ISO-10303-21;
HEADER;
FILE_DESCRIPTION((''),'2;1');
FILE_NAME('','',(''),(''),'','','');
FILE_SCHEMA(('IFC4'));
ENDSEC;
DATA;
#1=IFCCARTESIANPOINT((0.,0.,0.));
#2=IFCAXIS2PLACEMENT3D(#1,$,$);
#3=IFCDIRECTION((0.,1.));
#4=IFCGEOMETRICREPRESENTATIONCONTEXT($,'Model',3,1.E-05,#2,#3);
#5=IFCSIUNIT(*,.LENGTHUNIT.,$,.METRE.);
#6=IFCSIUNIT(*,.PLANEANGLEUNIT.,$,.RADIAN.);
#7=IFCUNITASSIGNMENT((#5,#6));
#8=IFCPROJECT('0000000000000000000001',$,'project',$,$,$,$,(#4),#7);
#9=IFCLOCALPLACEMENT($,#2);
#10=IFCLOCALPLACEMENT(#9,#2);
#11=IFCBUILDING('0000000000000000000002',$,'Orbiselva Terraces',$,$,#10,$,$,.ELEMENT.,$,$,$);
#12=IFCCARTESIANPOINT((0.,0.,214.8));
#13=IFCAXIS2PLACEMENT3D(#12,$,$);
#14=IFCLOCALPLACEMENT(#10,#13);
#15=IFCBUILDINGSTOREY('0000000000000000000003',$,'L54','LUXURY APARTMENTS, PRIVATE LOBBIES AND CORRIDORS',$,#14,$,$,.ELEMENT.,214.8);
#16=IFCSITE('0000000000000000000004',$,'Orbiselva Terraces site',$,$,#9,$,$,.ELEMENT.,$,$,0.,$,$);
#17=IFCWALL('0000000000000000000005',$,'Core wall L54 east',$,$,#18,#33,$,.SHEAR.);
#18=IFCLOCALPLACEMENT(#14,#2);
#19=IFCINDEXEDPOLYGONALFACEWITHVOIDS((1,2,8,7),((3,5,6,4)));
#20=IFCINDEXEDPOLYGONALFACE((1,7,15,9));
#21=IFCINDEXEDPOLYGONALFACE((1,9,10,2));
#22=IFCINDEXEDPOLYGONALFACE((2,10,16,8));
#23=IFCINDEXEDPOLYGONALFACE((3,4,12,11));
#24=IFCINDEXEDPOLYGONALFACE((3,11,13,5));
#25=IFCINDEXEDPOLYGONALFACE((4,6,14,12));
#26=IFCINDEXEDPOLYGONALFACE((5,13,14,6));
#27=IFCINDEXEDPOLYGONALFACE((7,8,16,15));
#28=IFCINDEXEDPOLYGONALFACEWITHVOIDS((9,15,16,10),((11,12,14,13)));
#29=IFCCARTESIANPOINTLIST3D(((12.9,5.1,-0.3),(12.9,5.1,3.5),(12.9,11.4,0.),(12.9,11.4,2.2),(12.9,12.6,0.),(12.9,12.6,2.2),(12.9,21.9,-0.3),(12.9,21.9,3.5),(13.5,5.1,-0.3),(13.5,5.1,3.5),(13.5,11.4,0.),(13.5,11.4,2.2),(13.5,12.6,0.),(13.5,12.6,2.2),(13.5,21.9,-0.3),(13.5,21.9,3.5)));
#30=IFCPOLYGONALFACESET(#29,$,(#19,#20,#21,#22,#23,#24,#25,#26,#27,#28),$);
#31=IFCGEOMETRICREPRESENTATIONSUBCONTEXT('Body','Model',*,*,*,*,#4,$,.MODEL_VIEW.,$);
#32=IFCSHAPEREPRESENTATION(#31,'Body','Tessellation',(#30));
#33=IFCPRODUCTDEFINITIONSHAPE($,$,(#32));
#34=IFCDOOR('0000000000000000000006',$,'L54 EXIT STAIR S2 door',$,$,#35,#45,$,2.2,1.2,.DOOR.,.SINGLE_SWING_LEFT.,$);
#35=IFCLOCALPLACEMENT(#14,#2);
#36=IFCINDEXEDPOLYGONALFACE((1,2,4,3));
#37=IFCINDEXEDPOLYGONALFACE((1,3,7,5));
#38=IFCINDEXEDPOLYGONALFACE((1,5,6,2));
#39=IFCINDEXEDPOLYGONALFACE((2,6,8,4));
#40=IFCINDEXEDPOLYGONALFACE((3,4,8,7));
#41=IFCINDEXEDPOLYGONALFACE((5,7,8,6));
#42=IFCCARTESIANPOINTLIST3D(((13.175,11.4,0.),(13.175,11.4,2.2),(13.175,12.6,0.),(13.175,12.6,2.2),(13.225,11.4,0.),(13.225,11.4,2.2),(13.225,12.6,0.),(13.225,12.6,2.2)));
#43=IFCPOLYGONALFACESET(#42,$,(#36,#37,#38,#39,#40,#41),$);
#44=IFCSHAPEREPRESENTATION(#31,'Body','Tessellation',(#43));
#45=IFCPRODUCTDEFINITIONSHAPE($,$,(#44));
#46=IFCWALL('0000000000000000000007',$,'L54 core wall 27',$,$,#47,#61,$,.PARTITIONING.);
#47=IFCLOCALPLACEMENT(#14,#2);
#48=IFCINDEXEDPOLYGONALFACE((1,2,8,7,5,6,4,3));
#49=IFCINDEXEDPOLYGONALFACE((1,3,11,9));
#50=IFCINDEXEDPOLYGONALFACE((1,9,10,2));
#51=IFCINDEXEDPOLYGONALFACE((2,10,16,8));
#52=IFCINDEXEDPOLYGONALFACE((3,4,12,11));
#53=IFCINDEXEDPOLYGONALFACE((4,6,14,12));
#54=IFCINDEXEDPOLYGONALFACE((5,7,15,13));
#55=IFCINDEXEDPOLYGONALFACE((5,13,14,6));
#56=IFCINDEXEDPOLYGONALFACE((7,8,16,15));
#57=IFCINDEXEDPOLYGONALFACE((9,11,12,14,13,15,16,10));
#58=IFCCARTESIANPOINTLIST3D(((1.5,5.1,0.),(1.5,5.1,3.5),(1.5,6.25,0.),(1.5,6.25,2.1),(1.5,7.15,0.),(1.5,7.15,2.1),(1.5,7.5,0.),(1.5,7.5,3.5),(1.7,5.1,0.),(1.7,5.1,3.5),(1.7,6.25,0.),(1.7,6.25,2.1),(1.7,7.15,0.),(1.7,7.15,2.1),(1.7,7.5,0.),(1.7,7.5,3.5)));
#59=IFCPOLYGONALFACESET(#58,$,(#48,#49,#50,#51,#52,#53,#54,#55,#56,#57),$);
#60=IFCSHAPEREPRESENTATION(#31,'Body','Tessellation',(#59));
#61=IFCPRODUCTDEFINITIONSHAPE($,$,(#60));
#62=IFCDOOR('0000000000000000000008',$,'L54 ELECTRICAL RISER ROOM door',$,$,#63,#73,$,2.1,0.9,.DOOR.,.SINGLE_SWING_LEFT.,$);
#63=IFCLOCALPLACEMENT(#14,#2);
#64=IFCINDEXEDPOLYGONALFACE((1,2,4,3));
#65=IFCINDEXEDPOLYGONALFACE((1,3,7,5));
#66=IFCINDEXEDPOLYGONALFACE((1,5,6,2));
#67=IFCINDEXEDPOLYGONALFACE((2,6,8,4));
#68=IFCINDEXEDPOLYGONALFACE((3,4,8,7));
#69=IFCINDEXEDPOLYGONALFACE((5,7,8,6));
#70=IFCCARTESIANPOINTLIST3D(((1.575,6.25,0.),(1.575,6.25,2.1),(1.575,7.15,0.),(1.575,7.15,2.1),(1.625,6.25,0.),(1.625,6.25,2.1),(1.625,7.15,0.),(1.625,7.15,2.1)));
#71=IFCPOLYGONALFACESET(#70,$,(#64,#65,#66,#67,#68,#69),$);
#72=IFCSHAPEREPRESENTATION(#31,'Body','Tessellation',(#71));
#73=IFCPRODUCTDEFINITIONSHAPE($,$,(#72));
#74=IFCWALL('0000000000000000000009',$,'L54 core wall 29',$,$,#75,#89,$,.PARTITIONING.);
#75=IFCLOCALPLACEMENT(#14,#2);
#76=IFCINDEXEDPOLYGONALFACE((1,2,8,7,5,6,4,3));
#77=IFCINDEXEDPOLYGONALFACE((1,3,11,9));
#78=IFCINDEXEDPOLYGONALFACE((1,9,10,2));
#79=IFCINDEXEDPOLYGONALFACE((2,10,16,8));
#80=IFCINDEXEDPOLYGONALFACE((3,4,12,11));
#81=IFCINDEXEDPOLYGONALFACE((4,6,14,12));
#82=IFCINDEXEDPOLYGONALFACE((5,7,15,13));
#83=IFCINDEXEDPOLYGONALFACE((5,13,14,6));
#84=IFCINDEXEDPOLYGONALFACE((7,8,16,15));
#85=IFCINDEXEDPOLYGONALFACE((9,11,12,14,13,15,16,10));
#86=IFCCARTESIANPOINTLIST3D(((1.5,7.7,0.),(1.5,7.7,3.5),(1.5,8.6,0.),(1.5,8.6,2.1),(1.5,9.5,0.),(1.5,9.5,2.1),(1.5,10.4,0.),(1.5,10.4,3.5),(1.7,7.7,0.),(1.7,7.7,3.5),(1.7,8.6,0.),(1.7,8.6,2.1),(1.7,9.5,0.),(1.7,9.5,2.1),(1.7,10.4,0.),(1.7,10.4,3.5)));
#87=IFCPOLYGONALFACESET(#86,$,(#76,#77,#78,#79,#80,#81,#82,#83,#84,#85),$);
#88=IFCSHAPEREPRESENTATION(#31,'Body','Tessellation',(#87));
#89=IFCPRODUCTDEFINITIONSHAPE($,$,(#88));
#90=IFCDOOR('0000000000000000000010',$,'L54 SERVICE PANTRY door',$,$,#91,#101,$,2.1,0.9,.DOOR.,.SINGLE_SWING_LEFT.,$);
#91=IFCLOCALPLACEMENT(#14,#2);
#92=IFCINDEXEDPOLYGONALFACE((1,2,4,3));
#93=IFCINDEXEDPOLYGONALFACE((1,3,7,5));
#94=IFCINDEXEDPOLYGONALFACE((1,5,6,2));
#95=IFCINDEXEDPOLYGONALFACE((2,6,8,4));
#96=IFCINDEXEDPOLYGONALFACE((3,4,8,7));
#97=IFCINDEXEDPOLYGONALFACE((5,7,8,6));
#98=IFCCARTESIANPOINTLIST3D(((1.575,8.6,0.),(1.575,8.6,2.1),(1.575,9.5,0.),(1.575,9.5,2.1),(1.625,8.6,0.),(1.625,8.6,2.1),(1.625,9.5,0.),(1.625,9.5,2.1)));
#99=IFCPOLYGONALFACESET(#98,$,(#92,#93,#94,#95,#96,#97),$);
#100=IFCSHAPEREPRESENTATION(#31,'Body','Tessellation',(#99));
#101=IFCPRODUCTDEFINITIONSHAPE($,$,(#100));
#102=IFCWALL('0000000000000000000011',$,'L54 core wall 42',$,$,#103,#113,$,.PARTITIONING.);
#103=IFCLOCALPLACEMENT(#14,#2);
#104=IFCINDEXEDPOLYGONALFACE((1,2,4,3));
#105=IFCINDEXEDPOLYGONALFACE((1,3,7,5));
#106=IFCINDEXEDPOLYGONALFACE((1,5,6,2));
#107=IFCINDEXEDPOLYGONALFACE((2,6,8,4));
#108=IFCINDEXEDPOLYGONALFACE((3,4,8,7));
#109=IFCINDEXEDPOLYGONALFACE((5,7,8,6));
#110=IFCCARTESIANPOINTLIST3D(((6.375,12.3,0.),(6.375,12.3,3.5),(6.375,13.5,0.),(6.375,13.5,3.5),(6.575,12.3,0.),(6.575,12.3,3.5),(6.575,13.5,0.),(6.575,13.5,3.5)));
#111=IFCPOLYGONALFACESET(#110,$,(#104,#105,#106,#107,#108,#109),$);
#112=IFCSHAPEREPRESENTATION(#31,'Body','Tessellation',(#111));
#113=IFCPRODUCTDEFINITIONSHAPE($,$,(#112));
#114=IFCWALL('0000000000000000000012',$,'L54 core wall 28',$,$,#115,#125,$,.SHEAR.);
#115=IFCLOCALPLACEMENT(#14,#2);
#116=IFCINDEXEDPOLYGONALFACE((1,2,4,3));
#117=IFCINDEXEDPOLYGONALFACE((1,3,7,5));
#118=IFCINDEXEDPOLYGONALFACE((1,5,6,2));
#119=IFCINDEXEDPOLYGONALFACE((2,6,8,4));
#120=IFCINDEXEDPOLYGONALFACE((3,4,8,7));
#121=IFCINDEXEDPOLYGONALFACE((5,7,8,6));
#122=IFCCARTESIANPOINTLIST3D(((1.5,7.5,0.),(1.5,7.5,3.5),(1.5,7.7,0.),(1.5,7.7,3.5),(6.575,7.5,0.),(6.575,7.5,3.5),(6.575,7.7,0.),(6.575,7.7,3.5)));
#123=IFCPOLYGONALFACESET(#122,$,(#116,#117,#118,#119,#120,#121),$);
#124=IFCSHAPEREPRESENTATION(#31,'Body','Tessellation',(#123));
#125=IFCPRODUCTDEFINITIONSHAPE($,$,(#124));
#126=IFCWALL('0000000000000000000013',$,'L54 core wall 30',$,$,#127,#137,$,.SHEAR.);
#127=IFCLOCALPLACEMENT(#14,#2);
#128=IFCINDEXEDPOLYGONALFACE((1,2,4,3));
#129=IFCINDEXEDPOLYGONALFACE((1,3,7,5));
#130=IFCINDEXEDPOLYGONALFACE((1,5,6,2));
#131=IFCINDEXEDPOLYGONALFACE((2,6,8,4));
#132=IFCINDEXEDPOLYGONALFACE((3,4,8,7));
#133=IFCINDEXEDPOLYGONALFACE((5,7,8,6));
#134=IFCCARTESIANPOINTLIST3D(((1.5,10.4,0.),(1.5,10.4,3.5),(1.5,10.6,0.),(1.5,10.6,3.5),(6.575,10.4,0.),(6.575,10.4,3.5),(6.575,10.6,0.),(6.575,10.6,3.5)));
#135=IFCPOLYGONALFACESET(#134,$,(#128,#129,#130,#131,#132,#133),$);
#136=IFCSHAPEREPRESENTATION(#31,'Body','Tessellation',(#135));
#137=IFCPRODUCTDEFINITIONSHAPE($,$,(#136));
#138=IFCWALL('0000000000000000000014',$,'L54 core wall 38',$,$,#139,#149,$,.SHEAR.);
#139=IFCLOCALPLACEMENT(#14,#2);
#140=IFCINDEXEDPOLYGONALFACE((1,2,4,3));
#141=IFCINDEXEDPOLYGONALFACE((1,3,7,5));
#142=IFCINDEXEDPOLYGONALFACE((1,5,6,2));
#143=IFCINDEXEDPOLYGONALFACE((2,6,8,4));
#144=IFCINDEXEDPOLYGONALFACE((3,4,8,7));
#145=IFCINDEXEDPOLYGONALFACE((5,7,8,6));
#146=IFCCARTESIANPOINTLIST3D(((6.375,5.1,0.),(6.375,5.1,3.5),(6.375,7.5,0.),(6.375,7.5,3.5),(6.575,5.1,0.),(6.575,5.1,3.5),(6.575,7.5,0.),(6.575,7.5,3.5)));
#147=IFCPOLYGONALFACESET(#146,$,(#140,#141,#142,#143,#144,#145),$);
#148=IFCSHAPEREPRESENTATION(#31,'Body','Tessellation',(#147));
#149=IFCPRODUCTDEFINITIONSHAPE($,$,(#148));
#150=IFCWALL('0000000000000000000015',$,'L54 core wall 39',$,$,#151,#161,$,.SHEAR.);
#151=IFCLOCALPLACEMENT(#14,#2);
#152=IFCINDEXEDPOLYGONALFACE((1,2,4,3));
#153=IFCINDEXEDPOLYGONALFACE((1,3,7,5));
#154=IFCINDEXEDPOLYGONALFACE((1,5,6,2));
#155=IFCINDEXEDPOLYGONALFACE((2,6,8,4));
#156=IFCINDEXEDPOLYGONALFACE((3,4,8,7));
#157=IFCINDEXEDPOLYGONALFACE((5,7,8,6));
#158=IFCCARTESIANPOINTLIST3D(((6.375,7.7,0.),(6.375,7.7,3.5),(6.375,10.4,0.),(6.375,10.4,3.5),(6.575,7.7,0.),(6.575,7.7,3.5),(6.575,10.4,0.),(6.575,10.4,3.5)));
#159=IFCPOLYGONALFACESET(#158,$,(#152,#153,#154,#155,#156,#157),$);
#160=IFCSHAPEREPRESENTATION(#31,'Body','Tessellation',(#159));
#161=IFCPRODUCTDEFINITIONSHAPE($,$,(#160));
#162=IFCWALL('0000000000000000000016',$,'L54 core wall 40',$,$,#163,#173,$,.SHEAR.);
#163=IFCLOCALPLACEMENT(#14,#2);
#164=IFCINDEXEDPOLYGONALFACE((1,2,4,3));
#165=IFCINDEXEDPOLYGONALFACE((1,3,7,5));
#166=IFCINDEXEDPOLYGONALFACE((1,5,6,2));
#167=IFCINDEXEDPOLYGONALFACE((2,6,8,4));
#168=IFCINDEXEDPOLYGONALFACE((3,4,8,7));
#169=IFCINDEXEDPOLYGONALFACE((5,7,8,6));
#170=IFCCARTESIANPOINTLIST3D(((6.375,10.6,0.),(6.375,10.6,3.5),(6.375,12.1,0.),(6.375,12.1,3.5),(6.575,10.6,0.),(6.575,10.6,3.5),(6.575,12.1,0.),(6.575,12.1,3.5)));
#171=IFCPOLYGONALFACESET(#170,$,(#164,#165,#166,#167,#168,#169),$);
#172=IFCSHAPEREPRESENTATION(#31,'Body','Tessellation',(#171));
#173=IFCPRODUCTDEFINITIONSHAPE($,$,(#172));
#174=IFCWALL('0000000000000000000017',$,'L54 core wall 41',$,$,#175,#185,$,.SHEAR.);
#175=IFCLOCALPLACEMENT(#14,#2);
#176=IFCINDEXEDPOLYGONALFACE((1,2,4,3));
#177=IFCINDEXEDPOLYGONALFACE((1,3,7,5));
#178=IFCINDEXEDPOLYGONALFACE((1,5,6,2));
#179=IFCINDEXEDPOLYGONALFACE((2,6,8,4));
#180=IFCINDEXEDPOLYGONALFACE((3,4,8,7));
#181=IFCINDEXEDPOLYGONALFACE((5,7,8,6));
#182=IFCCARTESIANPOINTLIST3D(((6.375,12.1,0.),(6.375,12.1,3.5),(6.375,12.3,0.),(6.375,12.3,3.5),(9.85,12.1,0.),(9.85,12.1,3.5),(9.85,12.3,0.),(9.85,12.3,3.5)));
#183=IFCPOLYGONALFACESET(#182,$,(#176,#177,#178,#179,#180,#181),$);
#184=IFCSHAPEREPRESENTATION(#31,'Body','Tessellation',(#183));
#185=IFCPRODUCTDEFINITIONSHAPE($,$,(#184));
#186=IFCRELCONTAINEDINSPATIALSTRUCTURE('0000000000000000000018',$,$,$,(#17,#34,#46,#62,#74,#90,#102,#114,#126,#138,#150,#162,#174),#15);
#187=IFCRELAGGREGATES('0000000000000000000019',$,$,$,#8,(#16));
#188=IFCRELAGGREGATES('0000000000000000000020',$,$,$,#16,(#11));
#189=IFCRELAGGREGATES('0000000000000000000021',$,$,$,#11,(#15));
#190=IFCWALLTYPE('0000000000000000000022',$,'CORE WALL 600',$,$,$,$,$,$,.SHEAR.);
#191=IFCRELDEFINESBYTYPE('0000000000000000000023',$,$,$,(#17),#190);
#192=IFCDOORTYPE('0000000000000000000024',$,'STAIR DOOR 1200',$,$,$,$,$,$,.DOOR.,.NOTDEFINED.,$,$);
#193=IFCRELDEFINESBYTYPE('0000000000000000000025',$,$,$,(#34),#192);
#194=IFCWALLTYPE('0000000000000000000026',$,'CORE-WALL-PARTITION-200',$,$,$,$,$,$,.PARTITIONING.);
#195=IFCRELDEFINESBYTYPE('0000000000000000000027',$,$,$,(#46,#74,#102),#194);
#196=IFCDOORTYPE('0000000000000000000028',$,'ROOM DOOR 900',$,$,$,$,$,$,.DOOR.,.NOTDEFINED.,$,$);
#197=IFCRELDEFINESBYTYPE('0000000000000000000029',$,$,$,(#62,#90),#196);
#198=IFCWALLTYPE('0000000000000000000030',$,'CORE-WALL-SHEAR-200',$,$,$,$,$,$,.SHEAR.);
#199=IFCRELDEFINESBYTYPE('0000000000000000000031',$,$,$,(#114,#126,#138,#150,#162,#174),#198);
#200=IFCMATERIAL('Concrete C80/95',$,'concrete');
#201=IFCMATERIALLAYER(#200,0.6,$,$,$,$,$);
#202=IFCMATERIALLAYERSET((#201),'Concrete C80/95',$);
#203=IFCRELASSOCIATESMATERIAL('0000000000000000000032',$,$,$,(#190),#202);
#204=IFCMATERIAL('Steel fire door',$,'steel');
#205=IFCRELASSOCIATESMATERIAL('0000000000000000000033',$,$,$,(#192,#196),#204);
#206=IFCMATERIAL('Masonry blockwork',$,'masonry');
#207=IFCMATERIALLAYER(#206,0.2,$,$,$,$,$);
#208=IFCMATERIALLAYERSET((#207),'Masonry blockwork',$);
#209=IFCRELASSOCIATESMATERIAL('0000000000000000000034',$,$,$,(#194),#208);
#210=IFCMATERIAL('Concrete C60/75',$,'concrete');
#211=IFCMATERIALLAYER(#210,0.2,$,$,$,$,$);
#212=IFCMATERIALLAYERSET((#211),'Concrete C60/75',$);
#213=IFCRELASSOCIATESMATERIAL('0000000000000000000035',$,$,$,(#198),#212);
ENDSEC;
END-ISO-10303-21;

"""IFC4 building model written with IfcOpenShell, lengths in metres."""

from ifc_helpers import new_model, si_unit, direction, frame, frame_2d, origin, place, context, subcontext, project, spatial, rectangle, extrude, material, layer, layer_set, type_object, element, fill, save


model = new_model("IFC4")

# Units and contexts
model_context = context("Model", 3, precision=1e-05, world=origin(), true_north=direction((0.0, 1.0)))
body_context = subcontext(model_context, "Body", "Model", "MODEL_VIEW")
ifc_project = project(units=[si_unit("LENGTHUNIT", "METRE"), si_unit("PLANEANGLEUNIT", "RADIAN")], contexts=[model_context])

# Site, building, storey
site_placement = place(None, origin())
site = spatial("IfcSite", under=ifc_project, at=site_placement, Name="Orbiselva Terraces site", CompositionType="ELEMENT", RefElevation=0.0)
building_placement = place(site_placement, origin())
building = spatial("IfcBuilding", under=site, at=building_placement, Name="Orbiselva Terraces", CompositionType="ELEMENT")
storey_placement = place(building_placement, frame((0.0, 0.0, 214.8)))
storey = spatial("IfcBuildingStorey", under=building, at=storey_placement, Name="L54", Description="LUXURY APARTMENTS, PRIVATE LOBBIES AND CORRIDORS", CompositionType="ELEMENT", Elevation=214.8)

# Walls, openings, doors
ifc_material_1 = material(Name="Concrete C80/95", Category="concrete")
ifc_layer_1 = layer(ifc_material_1, 0.6)
ifc_layer_set_1 = layer_set([ifc_layer_1], Name="Concrete C80/95")
wall_type_1 = type_object("IfcWallType", Name="CORE WALL 600", PredefinedType="SHEAR", material=ifc_layer_set_1)
wall_1_placement = place(storey_placement, frame((13.2, 5.1, -0.3), z_axis=(0.0, 0.0, 1.0), x_axis=(0.0, 1.0, 0.0)))
wall_1 = element("IfcWall", 1, at=wall_1_placement, inside=storey, type_object=wall_type_1, Name="Core wall L54 east", PredefinedType="SHEAR", context=body_context, shape_type="SweptSolid", body=[
    extrude(rectangle(XDim=16.8, YDim=0.6, at=frame_2d((8.4, 0.0))), origin(), (0.0, 0.0, 1.0), 3.8),
])
opening_1_placement = place(wall_1_placement, frame((6.3, 0.0, 0.3)))
opening_1 = element("IfcOpeningElement", 2, at=opening_1_placement, cuts=wall_1, PredefinedType="OPENING", context=body_context, shape_type="SweptSolid", body=[
    extrude(rectangle(XDim=1.2, YDim=2.2, at=frame_2d((0.6, 1.1))), frame((0.0, 0.31, 0.0), z_axis=(0.0, -1.0, 0.0), x_axis=(1.0, 0.0, 0.0)), (0.0, 0.0, 1.0), 0.62),
])
ifc_material_2 = material(Name="Steel fire door", Category="steel")
door_type_1 = type_object("IfcDoorType", Name="STAIR DOOR 1200", OperationType="NOTDEFINED", PredefinedType="DOOR", material=ifc_material_2)
door_1_placement = place(opening_1_placement, frame((1.2, 0.0, 0.0), z_axis=(0.0, 0.0, 1.0), x_axis=(-1.0, 0.0, 0.0)))
door_1 = element("IfcDoor", 3, at=door_1_placement, inside=storey, type_object=door_type_1, Name="L54 EXIT STAIR S2 door", OperationType="SINGLE_SWING_LEFT", OverallHeight=2.2, OverallWidth=1.2, PredefinedType="DOOR", context=body_context, shape_type="SweptSolid", body=[
    extrude(rectangle(XDim=1.2, YDim=2.2, at=frame_2d((0.6, 1.1))), frame((0.0, 0.025, 0.0), z_axis=(0.0, -1.0, 0.0), x_axis=(1.0, 0.0, 0.0)), (0.0, 0.0, 1.0), 0.05),
])
fill(opening_1, door_1)
ifc_material_3 = material(Name="Masonry blockwork", Category="masonry")
ifc_layer_2 = layer(ifc_material_3, 0.2)
ifc_layer_set_2 = layer_set([ifc_layer_2], Name="Masonry blockwork")
wall_type_2 = type_object("IfcWallType", Name="CORE-WALL-PARTITION-200", PredefinedType="PARTITIONING", material=ifc_layer_set_2)
wall_2_placement = place(storey_placement, frame((1.6, 7.5, 0.0), z_axis=(0.0, 0.0, 1.0), x_axis=(0.0, -1.0, 0.0)))
wall_2 = element("IfcWall", 4, at=wall_2_placement, inside=storey, type_object=wall_type_2, Name="L54 core wall 27", PredefinedType="PARTITIONING", context=body_context, shape_type="SweptSolid", body=[
    extrude(rectangle(XDim=2.4, YDim=0.2, at=frame_2d((1.2, 0.0))), origin(), (0.0, 0.0, 1.0), 3.5),
])
opening_2_placement = place(wall_2_placement, frame((0.35, 0.0, 0.0)))
opening_2 = element("IfcOpeningElement", 5, at=opening_2_placement, cuts=wall_2, PredefinedType="OPENING", context=body_context, shape_type="SweptSolid", body=[
    extrude(rectangle(XDim=0.9, YDim=2.1, at=frame_2d((0.45, 1.05))), frame((0.0, 0.11, 0.0), z_axis=(0.0, -1.0, 0.0), x_axis=(1.0, 0.0, 0.0)), (0.0, 0.0, 1.0), 0.22),
])
door_type_2 = type_object("IfcDoorType", Name="ROOM DOOR 900", OperationType="NOTDEFINED", PredefinedType="DOOR", material=ifc_material_2)
door_2_placement = place(opening_2_placement, origin())
door_2 = element("IfcDoor", 6, at=door_2_placement, inside=storey, type_object=door_type_2, Name="L54 ELECTRICAL RISER ROOM door", OperationType="SINGLE_SWING_LEFT", OverallHeight=2.1, OverallWidth=0.9, PredefinedType="DOOR", context=body_context, shape_type="SweptSolid", body=[
    extrude(rectangle(XDim=0.9, YDim=2.1, at=frame_2d((0.45, 1.05))), frame((0.0, 0.025, 0.0), z_axis=(0.0, -1.0, 0.0), x_axis=(1.0, 0.0, 0.0)), (0.0, 0.0, 1.0), 0.05),
])
fill(opening_2, door_2)
wall_3_placement = place(storey_placement, frame((1.6, 10.4, 0.0), z_axis=(0.0, 0.0, 1.0), x_axis=(0.0, -1.0, 0.0)))
wall_3 = element("IfcWall", 7, at=wall_3_placement, inside=storey, type_object=wall_type_2, Name="L54 core wall 29", PredefinedType="PARTITIONING", context=body_context, shape_type="SweptSolid", body=[
    extrude(rectangle(XDim=2.7, YDim=0.2, at=frame_2d((1.35, 0.0))), origin(), (0.0, 0.0, 1.0), 3.5),
])
opening_3_placement = place(wall_3_placement, frame((0.9, 0.0, 0.0)))
opening_3 = element("IfcOpeningElement", 8, at=opening_3_placement, cuts=wall_3, PredefinedType="OPENING", context=body_context, shape_type="SweptSolid", body=[
    extrude(rectangle(XDim=0.9, YDim=2.1, at=frame_2d((0.45, 1.05))), frame((0.0, 0.11, 0.0), z_axis=(0.0, -1.0, 0.0), x_axis=(1.0, 0.0, 0.0)), (0.0, 0.0, 1.0), 0.22),
])
door_3_placement = place(opening_3_placement, origin())
door_3 = element("IfcDoor", 9, at=door_3_placement, inside=storey, type_object=door_type_2, Name="L54 SERVICE PANTRY door", OperationType="SINGLE_SWING_LEFT", OverallHeight=2.1, OverallWidth=0.9, PredefinedType="DOOR", context=body_context, shape_type="SweptSolid", body=[
    extrude(rectangle(XDim=0.9, YDim=2.1, at=frame_2d((0.45, 1.05))), frame((0.0, 0.025, 0.0), z_axis=(0.0, -1.0, 0.0), x_axis=(1.0, 0.0, 0.0)), (0.0, 0.0, 1.0), 0.05),
])
fill(opening_3, door_3)

# Walls
wall_4_placement = place(storey_placement, frame((6.475, 12.3, 0.0), z_axis=(0.0, 0.0, 1.0), x_axis=(0.0, 1.0, 0.0)))
element("IfcWall", 10, at=wall_4_placement, inside=storey, type_object=wall_type_2, Name="L54 core wall 42", PredefinedType="PARTITIONING", context=body_context, shape_type="SweptSolid", body=[
    extrude(rectangle(XDim=1.2, YDim=0.2, at=frame_2d((0.6, 0.0))), origin(), (0.0, 0.0, 1.0), 3.5),
])
ifc_material_4 = material(Name="Concrete C60/75", Category="concrete")
ifc_layer_3 = layer(ifc_material_4, 0.2)
ifc_layer_set_3 = layer_set([ifc_layer_3], Name="Concrete C60/75")
wall_type_3 = type_object("IfcWallType", Name="CORE-WALL-SHEAR-200", PredefinedType="SHEAR", material=ifc_layer_set_3)
for number, where, z_axis, x_axis, name in (
    (11, (1.5, 7.6, 0.0), (0.0, 0.0, 1.0), (1.0, 0.0, 0.0), "L54 core wall 28"),
    (12, (1.5, 10.5, 0.0), (0.0, 0.0, 1.0), (1.0, 0.0, 0.0), "L54 core wall 30"),
):
    element("IfcWall", number, at=place(storey_placement, frame(where, z_axis=z_axis, x_axis=x_axis)), inside=storey, type_object=wall_type_3, Name=name, PredefinedType="SHEAR", context=body_context, shape_type="SweptSolid", body=[
        extrude(rectangle(XDim=5.075, YDim=0.2, at=frame_2d((2.5375, 0.0))), origin(), (0.0, 0.0, 1.0), 3.5),
    ])
wall_5_placement = place(storey_placement, frame((6.475, 5.1, 0.0), z_axis=(0.0, 0.0, 1.0), x_axis=(0.0, 1.0, 0.0)))
element("IfcWall", 13, at=wall_5_placement, inside=storey, type_object=wall_type_3, Name="L54 core wall 38", PredefinedType="SHEAR", context=body_context, shape_type="SweptSolid", body=[
    extrude(rectangle(XDim=2.4, YDim=0.2, at=frame_2d((1.2, 0.0))), origin(), (0.0, 0.0, 1.0), 3.5),
])
wall_6_placement = place(storey_placement, frame((6.475, 7.7, 0.0), z_axis=(0.0, 0.0, 1.0), x_axis=(0.0, 1.0, 0.0)))
element("IfcWall", 14, at=wall_6_placement, inside=storey, type_object=wall_type_3, Name="L54 core wall 39", PredefinedType="SHEAR", context=body_context, shape_type="SweptSolid", body=[
    extrude(rectangle(XDim=2.7, YDim=0.2, at=frame_2d((1.35, 0.0))), origin(), (0.0, 0.0, 1.0), 3.5),
])
wall_7_placement = place(storey_placement, frame((6.475, 10.6, 0.0), z_axis=(0.0, 0.0, 1.0), x_axis=(0.0, 1.0, 0.0)))
element("IfcWall", 15, at=wall_7_placement, inside=storey, type_object=wall_type_3, Name="L54 core wall 40", PredefinedType="SHEAR", context=body_context, shape_type="SweptSolid", body=[
    extrude(rectangle(XDim=1.5, YDim=0.2, at=frame_2d((0.75, 0.0))), origin(), (0.0, 0.0, 1.0), 3.5),
])
wall_8_placement = place(storey_placement, frame((6.375, 12.2, 0.0), z_axis=(0.0, 0.0, 1.0), x_axis=(1.0, 0.0, 0.0)))
element("IfcWall", 16, at=wall_8_placement, inside=storey, type_object=wall_type_3, Name="L54 core wall 41", PredefinedType="SHEAR", context=body_context, shape_type="SweptSolid", body=[
    extrude(rectangle(XDim=3.475, YDim=0.2, at=frame_2d((1.7375, 0.0))), origin(), (0.0, 0.0, 1.0), 3.5),
])

save(model, "model.ifc")
